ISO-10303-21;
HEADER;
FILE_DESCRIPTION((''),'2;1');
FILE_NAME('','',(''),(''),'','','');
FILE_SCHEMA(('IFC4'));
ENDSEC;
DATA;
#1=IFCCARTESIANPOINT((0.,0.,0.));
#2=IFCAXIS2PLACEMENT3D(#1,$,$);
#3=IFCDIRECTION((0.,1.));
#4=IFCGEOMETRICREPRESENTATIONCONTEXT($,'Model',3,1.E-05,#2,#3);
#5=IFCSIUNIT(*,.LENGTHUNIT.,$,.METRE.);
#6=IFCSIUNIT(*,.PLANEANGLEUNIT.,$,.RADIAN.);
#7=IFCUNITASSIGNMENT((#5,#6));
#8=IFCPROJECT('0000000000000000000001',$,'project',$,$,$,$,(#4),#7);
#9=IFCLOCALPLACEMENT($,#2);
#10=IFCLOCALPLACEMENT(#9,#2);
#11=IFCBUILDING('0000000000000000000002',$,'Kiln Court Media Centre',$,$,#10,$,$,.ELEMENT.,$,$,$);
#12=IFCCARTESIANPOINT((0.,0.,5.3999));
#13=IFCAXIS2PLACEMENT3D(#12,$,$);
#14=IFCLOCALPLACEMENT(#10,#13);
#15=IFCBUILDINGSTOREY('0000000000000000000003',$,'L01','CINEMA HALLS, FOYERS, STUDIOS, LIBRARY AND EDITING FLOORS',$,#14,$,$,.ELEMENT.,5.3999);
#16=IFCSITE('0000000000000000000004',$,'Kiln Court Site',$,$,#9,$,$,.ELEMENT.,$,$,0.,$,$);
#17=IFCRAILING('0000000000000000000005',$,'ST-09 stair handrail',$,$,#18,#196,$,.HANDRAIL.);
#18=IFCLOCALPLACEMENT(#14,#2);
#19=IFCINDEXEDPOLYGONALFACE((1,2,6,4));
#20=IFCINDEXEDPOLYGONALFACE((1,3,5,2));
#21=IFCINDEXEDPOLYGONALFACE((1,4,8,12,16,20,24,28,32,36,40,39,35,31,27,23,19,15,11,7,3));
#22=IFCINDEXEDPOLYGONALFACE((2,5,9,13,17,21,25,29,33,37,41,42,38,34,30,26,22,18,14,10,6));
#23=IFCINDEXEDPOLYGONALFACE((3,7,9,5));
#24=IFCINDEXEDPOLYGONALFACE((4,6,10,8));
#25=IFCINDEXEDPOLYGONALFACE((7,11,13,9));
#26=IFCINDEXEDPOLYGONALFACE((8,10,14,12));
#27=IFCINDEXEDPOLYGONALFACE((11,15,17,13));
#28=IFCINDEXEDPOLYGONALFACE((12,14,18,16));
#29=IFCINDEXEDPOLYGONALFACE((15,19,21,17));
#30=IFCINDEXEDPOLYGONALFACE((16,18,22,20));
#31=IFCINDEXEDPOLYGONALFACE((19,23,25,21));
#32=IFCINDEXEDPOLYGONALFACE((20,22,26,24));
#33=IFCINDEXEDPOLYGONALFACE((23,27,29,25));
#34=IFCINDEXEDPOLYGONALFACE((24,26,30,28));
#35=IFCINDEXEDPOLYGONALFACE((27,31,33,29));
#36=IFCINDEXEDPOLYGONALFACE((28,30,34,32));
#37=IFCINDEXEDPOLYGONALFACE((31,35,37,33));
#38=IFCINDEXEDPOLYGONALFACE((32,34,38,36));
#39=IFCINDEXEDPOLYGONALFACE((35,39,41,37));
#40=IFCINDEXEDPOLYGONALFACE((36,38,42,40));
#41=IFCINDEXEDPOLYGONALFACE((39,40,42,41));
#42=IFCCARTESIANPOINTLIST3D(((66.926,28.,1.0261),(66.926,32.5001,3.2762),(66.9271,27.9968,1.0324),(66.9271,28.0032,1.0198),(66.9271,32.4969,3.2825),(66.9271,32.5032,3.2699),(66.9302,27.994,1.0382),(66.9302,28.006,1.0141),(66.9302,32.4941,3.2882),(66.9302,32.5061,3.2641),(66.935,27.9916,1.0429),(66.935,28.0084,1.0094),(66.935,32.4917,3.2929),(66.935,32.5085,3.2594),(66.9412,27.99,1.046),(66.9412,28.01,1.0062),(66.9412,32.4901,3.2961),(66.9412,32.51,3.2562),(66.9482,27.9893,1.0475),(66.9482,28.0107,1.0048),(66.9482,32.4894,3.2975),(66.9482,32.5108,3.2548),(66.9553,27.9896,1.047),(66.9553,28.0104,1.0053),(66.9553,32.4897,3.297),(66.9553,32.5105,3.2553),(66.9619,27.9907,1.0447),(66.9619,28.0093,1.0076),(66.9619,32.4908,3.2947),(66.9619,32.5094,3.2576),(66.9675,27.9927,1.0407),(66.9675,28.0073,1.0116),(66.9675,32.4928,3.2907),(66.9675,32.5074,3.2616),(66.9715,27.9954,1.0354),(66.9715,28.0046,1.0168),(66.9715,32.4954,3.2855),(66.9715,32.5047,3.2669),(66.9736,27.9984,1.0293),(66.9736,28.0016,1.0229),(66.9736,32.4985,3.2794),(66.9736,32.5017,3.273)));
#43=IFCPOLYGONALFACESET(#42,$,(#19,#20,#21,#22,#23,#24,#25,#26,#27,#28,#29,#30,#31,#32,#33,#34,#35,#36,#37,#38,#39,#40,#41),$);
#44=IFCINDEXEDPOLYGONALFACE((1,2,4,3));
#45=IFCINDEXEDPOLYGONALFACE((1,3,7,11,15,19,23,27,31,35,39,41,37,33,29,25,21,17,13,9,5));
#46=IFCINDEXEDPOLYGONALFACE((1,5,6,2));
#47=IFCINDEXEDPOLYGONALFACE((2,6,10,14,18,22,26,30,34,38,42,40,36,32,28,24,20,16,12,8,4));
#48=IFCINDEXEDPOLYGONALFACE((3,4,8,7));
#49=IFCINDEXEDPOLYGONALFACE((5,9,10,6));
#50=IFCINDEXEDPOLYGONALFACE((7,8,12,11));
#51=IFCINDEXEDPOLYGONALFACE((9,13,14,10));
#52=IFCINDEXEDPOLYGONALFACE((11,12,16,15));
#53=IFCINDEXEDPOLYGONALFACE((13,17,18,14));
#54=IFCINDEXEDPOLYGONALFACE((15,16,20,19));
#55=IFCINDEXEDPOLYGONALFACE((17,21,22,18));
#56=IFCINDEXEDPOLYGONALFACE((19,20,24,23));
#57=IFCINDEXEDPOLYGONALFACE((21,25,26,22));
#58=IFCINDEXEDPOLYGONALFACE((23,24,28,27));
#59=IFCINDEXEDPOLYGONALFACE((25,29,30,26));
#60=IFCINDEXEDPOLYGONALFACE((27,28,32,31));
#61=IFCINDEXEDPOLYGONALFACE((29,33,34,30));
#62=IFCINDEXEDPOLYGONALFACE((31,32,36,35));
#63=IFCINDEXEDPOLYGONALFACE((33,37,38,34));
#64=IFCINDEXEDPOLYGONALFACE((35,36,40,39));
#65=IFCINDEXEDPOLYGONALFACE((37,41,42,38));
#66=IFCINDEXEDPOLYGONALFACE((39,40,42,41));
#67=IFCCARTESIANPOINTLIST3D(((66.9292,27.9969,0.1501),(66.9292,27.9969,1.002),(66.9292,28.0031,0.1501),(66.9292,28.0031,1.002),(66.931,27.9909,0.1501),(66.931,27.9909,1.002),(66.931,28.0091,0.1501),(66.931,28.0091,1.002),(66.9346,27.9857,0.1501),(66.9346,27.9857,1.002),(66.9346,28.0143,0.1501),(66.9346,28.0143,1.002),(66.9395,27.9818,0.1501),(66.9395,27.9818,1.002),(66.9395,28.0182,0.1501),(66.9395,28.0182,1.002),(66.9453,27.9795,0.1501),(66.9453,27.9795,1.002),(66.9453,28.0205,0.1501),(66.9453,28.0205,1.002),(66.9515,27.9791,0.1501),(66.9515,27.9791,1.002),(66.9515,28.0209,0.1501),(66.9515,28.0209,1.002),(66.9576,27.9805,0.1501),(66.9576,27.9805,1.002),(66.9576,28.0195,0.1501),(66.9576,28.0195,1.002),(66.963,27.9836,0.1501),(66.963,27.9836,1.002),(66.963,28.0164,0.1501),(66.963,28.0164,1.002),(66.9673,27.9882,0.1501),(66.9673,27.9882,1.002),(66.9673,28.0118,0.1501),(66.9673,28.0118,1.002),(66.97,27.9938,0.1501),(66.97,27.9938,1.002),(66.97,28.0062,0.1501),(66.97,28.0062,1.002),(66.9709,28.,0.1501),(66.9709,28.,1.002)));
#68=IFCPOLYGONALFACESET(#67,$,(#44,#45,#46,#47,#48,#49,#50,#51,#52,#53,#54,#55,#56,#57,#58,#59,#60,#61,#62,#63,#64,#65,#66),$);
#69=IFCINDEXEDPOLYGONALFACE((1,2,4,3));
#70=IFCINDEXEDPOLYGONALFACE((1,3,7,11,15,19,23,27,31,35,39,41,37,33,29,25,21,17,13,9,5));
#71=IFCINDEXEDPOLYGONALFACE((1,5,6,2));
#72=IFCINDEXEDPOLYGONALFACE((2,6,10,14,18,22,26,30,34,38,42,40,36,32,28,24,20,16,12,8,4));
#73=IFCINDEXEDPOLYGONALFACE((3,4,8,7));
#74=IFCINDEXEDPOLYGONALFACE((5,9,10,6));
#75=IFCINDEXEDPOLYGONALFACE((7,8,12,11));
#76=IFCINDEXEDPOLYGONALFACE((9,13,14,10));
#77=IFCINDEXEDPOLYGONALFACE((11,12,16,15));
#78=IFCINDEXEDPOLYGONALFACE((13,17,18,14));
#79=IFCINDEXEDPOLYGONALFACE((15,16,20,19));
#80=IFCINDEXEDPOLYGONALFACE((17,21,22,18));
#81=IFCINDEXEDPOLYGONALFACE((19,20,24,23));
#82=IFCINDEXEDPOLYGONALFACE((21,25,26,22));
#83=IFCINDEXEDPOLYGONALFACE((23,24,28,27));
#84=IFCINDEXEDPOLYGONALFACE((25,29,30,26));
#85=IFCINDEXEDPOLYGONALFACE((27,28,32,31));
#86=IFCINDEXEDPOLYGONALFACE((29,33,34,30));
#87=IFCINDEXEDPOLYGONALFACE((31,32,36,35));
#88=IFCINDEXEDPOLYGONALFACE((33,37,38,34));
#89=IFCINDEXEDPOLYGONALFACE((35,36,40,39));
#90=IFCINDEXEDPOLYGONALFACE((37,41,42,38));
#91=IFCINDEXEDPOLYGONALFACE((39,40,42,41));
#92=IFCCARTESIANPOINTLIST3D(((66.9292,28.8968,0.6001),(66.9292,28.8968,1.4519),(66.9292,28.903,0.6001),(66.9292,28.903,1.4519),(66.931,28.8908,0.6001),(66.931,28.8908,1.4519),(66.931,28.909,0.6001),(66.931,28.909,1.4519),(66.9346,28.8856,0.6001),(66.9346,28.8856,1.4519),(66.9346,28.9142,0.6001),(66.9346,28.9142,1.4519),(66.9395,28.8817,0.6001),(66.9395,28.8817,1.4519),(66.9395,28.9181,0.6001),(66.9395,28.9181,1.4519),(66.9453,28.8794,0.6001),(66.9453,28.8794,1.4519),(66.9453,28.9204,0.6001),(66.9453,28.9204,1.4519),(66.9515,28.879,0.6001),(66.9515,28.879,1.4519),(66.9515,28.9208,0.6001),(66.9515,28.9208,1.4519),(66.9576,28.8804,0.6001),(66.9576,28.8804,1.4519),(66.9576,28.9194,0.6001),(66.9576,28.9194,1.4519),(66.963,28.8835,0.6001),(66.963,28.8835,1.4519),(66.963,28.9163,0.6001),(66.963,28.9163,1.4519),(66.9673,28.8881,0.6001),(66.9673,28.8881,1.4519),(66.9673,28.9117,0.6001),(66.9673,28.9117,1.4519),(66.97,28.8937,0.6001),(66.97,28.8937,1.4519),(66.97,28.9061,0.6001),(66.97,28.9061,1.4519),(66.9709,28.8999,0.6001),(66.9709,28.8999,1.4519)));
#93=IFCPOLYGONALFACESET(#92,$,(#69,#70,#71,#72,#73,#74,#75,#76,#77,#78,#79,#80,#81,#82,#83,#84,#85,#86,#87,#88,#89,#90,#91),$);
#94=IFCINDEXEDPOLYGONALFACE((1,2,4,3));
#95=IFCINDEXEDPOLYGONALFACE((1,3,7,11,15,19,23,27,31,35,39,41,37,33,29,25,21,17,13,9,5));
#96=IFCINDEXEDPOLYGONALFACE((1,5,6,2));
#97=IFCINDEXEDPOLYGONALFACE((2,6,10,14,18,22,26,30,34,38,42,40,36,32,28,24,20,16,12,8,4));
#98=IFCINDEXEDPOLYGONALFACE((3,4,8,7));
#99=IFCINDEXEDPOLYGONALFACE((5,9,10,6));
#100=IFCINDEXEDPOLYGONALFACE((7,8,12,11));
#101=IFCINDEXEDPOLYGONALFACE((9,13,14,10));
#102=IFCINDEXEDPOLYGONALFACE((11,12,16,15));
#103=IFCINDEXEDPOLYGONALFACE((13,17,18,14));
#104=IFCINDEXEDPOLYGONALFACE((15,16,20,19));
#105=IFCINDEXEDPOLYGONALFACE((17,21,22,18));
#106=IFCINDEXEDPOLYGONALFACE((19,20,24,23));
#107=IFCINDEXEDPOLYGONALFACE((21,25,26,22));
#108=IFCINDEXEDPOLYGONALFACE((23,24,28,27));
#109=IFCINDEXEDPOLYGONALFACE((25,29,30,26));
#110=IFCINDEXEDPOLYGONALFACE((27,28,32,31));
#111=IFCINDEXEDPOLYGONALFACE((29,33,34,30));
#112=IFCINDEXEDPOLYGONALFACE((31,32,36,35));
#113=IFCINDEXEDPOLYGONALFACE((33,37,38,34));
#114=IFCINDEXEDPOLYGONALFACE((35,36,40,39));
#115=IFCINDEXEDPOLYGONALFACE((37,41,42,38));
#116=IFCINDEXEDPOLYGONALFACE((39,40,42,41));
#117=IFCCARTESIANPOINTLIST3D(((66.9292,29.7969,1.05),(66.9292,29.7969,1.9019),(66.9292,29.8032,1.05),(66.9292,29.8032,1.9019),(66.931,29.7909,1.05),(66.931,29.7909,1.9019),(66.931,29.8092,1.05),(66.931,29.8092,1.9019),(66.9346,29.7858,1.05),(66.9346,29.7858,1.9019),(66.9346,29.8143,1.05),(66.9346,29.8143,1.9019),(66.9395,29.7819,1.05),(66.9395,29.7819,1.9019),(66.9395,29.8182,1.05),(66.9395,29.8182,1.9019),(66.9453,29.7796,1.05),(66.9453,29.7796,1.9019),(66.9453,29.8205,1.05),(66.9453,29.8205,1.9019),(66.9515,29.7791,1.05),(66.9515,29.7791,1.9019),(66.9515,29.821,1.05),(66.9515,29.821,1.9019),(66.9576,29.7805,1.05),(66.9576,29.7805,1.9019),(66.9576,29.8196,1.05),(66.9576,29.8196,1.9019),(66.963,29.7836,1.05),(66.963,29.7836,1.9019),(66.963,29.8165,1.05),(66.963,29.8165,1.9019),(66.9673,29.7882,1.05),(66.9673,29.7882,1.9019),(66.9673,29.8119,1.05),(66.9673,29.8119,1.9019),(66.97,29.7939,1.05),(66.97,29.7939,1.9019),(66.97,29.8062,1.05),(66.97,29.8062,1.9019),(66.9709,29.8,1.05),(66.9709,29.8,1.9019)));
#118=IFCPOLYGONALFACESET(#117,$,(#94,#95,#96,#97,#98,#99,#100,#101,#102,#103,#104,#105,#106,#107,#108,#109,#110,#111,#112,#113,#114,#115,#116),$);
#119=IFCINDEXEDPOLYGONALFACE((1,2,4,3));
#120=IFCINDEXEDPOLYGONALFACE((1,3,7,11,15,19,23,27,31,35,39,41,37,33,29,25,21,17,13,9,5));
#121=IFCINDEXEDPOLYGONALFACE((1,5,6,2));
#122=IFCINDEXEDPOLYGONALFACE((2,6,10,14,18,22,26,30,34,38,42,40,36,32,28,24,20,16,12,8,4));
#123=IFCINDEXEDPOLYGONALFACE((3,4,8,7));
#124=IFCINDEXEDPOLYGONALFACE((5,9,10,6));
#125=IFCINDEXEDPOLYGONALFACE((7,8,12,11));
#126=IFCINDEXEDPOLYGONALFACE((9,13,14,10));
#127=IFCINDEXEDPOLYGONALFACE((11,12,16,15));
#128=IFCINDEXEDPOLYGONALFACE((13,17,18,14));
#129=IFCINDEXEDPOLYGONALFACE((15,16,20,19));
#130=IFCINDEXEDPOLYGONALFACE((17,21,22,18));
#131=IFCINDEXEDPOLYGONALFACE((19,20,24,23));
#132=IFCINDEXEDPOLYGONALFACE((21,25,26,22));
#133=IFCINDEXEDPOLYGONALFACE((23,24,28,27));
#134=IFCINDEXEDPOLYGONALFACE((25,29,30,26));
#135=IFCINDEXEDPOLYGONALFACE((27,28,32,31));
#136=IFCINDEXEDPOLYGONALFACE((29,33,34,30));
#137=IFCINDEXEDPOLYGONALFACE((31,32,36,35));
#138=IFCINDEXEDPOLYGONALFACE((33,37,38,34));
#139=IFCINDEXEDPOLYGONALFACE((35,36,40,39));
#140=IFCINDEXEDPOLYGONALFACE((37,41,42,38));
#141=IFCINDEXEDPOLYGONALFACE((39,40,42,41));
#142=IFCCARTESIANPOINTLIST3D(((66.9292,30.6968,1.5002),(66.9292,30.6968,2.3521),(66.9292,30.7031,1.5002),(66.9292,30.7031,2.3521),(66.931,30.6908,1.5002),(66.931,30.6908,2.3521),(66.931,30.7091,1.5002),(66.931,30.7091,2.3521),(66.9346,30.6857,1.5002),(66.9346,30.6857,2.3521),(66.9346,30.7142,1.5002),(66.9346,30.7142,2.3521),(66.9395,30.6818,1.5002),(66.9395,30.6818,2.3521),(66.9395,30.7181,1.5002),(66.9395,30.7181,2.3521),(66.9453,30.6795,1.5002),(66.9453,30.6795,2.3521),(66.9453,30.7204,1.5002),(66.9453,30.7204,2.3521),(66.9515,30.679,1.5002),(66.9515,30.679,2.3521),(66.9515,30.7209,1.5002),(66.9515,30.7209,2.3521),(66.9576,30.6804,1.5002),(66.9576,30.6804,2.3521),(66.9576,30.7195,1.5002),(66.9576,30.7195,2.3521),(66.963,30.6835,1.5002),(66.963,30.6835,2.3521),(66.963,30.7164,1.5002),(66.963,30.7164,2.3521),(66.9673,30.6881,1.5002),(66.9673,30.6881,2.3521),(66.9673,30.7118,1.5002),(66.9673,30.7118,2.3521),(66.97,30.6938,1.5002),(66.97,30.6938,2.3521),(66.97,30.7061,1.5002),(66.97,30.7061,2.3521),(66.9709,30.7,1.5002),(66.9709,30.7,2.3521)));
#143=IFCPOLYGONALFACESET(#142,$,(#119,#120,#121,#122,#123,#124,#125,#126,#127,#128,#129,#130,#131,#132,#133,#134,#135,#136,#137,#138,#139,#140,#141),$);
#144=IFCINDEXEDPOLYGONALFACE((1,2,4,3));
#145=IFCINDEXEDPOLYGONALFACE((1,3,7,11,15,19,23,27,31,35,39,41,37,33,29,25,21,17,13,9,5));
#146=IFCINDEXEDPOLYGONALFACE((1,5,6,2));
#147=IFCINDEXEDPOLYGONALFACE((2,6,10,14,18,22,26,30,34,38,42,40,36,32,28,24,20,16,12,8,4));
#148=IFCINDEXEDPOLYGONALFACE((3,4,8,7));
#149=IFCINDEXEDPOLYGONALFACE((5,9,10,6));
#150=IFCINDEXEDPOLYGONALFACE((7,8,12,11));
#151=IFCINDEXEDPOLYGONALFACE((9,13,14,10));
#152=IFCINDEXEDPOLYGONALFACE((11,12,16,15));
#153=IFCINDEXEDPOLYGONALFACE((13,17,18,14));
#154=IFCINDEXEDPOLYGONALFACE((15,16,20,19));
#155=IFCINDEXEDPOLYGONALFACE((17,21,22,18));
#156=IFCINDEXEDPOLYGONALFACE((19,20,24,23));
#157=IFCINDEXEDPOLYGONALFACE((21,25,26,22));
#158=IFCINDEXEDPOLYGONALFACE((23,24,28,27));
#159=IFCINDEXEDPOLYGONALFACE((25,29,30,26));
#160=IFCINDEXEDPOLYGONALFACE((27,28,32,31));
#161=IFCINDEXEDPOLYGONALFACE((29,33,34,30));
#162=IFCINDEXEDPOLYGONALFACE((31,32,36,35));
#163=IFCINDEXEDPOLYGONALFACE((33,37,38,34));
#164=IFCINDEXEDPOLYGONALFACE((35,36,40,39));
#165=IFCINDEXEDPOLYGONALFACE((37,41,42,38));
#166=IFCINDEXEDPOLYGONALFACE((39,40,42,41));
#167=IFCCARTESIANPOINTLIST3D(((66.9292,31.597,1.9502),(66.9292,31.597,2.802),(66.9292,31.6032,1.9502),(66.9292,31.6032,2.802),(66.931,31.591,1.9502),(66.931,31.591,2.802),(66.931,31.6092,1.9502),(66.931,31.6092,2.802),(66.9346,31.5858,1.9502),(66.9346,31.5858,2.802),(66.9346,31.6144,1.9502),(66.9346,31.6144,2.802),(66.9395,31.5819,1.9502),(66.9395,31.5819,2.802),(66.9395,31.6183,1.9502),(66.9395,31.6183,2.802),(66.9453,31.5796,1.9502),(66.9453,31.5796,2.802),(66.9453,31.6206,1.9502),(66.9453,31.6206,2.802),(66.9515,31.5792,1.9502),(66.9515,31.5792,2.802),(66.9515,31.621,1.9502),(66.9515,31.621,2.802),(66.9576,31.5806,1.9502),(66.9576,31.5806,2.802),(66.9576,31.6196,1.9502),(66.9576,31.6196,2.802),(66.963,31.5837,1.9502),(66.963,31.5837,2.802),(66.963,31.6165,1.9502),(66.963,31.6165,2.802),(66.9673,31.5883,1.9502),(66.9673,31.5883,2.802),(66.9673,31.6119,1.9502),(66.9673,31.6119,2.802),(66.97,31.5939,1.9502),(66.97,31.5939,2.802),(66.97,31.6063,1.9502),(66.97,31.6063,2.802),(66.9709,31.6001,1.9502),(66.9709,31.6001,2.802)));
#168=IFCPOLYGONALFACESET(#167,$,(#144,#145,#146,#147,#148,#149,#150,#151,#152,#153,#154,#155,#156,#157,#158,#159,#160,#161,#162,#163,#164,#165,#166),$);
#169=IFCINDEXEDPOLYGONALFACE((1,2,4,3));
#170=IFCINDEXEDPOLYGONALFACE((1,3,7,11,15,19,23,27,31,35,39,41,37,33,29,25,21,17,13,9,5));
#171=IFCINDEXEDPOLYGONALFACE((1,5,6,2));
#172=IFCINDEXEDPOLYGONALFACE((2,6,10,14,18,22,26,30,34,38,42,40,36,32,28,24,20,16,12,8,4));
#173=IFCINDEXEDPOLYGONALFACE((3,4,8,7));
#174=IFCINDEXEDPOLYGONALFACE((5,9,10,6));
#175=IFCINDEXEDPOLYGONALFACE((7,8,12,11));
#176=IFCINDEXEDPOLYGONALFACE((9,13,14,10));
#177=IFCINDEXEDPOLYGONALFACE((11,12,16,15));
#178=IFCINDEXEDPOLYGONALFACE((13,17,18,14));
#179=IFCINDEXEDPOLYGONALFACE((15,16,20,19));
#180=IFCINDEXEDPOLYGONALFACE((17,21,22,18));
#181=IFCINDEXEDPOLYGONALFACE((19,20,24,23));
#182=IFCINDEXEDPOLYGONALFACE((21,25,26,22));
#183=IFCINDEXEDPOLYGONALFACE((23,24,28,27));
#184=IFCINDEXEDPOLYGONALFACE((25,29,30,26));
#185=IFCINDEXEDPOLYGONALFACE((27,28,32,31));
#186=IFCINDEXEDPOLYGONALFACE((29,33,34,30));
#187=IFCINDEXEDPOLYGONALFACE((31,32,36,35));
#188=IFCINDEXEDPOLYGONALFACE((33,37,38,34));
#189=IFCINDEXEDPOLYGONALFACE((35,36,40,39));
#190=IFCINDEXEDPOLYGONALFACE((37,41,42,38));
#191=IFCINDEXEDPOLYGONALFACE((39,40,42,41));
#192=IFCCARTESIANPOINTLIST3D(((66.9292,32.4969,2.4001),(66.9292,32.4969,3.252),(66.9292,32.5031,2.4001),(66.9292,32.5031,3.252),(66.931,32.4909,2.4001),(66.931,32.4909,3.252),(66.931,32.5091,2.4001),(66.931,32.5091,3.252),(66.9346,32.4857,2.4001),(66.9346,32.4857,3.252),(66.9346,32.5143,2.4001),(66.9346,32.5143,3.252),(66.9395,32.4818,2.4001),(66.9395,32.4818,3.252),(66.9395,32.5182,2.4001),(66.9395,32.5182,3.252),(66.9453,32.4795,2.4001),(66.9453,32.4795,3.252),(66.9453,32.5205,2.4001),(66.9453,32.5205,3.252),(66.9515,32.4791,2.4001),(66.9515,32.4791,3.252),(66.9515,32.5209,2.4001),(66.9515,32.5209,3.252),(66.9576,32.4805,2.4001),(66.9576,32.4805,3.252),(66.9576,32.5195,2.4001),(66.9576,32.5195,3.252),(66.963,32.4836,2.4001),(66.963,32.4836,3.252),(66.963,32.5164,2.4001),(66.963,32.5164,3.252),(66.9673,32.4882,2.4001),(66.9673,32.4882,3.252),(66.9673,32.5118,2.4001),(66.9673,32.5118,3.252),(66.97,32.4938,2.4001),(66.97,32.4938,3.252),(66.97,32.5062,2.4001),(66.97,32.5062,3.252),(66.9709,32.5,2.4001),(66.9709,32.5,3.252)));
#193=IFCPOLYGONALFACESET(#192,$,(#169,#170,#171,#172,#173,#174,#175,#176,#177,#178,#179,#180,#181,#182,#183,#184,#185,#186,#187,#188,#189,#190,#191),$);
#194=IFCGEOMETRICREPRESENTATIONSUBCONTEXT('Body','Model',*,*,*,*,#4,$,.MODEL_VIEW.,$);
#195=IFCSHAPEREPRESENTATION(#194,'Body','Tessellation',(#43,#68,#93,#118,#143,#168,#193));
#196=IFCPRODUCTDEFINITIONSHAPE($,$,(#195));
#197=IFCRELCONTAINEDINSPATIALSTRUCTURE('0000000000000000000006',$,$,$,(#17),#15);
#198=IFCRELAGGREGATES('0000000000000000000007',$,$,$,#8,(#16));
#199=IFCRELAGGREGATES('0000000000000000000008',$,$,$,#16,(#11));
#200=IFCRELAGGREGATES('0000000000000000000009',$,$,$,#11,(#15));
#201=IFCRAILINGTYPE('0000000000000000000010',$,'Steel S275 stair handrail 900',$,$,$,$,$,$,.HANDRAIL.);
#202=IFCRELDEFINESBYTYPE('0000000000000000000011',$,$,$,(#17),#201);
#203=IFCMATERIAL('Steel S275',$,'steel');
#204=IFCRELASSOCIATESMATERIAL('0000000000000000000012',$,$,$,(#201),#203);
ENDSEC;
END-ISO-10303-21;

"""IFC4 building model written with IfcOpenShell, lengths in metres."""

from ifc_helpers import new_model, si_unit, direction, frame, origin, origin_2d, place, context, subcontext, project, spatial, circle, extrude, material, type_object, element, save


model = new_model("IFC4")

# Units and contexts
model_context = context("Model", 3, precision=1e-05, world=origin(), true_north=direction((0.0, 1.0)))
body_context = subcontext(model_context, "Body", "Model", "MODEL_VIEW")
ifc_project = project(units=[si_unit("LENGTHUNIT", "METRE"), si_unit("PLANEANGLEUNIT", "RADIAN")], contexts=[model_context])

# Site, building, storey
site_placement = place(None, origin())
site = spatial("IfcSite", under=ifc_project, at=site_placement, Name="Kiln Court Site", CompositionType="ELEMENT", RefElevation=0.0)
building_placement = place(site_placement, origin())
building = spatial("IfcBuilding", under=site, at=building_placement, Name="Kiln Court Media Centre", CompositionType="ELEMENT")
storey_placement = place(building_placement, frame((0.0, 0.0, 5.3999)))
storey = spatial("IfcBuildingStorey", under=building, at=storey_placement, Name="L01", Description="CINEMA HALLS, FOYERS, STUDIOS, LIBRARY AND EDITING FLOORS", CompositionType="ELEMENT", Elevation=5.3999)

# Railing
ifc_material_1 = material(Name="Steel S275", Category="steel")
railing_type_1 = type_object("IfcRailingType", Name="Steel S275 stair handrail 900", PredefinedType="HANDRAIL", material=ifc_material_1)
railing_1_placement = place(storey_placement, frame((66.95, 28.0, 0.1501)))
element("IfcRailing", 1, at=railing_1_placement, inside=storey, type_object=railing_type_1, Name="ST-09 stair handrail", PredefinedType="HANDRAIL", context=body_context, shape_type="SweptSolid", body=[
    extrude(circle(Radius=0.0239, at=origin_2d()), frame((0.0, 0.0, 0.876), z_axis=(0.0, 0.894427, 0.447214), x_axis=(-1.0, 0.0, 0.0)), (0.0, 0.0, 1.0), 5.0312),
    extrude(circle(Radius=0.021, at=origin_2d()), origin(), (0.0, 0.0, 1.0), 0.8518),
    extrude(circle(Radius=0.021, at=origin_2d()), frame((0.0, 0.8999, 0.45)), (0.0, 0.0, 1.0), 0.8518),
    extrude(circle(Radius=0.021, at=origin_2d()), frame((0.0, 1.8, 0.8999)), (0.0, 0.0, 1.0), 0.8518),
    extrude(circle(Radius=0.021, at=origin_2d()), frame((0.0, 2.7, 1.3501)), (0.0, 0.0, 1.0), 0.8518),
    extrude(circle(Radius=0.021, at=origin_2d()), frame((0.0, 3.6001, 1.8)), (0.0, 0.0, 1.0), 0.8518),
    extrude(circle(Radius=0.021, at=origin_2d()), frame((0.0, 4.5, 2.25)), (0.0, 0.0, 1.0), 0.8518),
])

save(model, "model.ifc")
